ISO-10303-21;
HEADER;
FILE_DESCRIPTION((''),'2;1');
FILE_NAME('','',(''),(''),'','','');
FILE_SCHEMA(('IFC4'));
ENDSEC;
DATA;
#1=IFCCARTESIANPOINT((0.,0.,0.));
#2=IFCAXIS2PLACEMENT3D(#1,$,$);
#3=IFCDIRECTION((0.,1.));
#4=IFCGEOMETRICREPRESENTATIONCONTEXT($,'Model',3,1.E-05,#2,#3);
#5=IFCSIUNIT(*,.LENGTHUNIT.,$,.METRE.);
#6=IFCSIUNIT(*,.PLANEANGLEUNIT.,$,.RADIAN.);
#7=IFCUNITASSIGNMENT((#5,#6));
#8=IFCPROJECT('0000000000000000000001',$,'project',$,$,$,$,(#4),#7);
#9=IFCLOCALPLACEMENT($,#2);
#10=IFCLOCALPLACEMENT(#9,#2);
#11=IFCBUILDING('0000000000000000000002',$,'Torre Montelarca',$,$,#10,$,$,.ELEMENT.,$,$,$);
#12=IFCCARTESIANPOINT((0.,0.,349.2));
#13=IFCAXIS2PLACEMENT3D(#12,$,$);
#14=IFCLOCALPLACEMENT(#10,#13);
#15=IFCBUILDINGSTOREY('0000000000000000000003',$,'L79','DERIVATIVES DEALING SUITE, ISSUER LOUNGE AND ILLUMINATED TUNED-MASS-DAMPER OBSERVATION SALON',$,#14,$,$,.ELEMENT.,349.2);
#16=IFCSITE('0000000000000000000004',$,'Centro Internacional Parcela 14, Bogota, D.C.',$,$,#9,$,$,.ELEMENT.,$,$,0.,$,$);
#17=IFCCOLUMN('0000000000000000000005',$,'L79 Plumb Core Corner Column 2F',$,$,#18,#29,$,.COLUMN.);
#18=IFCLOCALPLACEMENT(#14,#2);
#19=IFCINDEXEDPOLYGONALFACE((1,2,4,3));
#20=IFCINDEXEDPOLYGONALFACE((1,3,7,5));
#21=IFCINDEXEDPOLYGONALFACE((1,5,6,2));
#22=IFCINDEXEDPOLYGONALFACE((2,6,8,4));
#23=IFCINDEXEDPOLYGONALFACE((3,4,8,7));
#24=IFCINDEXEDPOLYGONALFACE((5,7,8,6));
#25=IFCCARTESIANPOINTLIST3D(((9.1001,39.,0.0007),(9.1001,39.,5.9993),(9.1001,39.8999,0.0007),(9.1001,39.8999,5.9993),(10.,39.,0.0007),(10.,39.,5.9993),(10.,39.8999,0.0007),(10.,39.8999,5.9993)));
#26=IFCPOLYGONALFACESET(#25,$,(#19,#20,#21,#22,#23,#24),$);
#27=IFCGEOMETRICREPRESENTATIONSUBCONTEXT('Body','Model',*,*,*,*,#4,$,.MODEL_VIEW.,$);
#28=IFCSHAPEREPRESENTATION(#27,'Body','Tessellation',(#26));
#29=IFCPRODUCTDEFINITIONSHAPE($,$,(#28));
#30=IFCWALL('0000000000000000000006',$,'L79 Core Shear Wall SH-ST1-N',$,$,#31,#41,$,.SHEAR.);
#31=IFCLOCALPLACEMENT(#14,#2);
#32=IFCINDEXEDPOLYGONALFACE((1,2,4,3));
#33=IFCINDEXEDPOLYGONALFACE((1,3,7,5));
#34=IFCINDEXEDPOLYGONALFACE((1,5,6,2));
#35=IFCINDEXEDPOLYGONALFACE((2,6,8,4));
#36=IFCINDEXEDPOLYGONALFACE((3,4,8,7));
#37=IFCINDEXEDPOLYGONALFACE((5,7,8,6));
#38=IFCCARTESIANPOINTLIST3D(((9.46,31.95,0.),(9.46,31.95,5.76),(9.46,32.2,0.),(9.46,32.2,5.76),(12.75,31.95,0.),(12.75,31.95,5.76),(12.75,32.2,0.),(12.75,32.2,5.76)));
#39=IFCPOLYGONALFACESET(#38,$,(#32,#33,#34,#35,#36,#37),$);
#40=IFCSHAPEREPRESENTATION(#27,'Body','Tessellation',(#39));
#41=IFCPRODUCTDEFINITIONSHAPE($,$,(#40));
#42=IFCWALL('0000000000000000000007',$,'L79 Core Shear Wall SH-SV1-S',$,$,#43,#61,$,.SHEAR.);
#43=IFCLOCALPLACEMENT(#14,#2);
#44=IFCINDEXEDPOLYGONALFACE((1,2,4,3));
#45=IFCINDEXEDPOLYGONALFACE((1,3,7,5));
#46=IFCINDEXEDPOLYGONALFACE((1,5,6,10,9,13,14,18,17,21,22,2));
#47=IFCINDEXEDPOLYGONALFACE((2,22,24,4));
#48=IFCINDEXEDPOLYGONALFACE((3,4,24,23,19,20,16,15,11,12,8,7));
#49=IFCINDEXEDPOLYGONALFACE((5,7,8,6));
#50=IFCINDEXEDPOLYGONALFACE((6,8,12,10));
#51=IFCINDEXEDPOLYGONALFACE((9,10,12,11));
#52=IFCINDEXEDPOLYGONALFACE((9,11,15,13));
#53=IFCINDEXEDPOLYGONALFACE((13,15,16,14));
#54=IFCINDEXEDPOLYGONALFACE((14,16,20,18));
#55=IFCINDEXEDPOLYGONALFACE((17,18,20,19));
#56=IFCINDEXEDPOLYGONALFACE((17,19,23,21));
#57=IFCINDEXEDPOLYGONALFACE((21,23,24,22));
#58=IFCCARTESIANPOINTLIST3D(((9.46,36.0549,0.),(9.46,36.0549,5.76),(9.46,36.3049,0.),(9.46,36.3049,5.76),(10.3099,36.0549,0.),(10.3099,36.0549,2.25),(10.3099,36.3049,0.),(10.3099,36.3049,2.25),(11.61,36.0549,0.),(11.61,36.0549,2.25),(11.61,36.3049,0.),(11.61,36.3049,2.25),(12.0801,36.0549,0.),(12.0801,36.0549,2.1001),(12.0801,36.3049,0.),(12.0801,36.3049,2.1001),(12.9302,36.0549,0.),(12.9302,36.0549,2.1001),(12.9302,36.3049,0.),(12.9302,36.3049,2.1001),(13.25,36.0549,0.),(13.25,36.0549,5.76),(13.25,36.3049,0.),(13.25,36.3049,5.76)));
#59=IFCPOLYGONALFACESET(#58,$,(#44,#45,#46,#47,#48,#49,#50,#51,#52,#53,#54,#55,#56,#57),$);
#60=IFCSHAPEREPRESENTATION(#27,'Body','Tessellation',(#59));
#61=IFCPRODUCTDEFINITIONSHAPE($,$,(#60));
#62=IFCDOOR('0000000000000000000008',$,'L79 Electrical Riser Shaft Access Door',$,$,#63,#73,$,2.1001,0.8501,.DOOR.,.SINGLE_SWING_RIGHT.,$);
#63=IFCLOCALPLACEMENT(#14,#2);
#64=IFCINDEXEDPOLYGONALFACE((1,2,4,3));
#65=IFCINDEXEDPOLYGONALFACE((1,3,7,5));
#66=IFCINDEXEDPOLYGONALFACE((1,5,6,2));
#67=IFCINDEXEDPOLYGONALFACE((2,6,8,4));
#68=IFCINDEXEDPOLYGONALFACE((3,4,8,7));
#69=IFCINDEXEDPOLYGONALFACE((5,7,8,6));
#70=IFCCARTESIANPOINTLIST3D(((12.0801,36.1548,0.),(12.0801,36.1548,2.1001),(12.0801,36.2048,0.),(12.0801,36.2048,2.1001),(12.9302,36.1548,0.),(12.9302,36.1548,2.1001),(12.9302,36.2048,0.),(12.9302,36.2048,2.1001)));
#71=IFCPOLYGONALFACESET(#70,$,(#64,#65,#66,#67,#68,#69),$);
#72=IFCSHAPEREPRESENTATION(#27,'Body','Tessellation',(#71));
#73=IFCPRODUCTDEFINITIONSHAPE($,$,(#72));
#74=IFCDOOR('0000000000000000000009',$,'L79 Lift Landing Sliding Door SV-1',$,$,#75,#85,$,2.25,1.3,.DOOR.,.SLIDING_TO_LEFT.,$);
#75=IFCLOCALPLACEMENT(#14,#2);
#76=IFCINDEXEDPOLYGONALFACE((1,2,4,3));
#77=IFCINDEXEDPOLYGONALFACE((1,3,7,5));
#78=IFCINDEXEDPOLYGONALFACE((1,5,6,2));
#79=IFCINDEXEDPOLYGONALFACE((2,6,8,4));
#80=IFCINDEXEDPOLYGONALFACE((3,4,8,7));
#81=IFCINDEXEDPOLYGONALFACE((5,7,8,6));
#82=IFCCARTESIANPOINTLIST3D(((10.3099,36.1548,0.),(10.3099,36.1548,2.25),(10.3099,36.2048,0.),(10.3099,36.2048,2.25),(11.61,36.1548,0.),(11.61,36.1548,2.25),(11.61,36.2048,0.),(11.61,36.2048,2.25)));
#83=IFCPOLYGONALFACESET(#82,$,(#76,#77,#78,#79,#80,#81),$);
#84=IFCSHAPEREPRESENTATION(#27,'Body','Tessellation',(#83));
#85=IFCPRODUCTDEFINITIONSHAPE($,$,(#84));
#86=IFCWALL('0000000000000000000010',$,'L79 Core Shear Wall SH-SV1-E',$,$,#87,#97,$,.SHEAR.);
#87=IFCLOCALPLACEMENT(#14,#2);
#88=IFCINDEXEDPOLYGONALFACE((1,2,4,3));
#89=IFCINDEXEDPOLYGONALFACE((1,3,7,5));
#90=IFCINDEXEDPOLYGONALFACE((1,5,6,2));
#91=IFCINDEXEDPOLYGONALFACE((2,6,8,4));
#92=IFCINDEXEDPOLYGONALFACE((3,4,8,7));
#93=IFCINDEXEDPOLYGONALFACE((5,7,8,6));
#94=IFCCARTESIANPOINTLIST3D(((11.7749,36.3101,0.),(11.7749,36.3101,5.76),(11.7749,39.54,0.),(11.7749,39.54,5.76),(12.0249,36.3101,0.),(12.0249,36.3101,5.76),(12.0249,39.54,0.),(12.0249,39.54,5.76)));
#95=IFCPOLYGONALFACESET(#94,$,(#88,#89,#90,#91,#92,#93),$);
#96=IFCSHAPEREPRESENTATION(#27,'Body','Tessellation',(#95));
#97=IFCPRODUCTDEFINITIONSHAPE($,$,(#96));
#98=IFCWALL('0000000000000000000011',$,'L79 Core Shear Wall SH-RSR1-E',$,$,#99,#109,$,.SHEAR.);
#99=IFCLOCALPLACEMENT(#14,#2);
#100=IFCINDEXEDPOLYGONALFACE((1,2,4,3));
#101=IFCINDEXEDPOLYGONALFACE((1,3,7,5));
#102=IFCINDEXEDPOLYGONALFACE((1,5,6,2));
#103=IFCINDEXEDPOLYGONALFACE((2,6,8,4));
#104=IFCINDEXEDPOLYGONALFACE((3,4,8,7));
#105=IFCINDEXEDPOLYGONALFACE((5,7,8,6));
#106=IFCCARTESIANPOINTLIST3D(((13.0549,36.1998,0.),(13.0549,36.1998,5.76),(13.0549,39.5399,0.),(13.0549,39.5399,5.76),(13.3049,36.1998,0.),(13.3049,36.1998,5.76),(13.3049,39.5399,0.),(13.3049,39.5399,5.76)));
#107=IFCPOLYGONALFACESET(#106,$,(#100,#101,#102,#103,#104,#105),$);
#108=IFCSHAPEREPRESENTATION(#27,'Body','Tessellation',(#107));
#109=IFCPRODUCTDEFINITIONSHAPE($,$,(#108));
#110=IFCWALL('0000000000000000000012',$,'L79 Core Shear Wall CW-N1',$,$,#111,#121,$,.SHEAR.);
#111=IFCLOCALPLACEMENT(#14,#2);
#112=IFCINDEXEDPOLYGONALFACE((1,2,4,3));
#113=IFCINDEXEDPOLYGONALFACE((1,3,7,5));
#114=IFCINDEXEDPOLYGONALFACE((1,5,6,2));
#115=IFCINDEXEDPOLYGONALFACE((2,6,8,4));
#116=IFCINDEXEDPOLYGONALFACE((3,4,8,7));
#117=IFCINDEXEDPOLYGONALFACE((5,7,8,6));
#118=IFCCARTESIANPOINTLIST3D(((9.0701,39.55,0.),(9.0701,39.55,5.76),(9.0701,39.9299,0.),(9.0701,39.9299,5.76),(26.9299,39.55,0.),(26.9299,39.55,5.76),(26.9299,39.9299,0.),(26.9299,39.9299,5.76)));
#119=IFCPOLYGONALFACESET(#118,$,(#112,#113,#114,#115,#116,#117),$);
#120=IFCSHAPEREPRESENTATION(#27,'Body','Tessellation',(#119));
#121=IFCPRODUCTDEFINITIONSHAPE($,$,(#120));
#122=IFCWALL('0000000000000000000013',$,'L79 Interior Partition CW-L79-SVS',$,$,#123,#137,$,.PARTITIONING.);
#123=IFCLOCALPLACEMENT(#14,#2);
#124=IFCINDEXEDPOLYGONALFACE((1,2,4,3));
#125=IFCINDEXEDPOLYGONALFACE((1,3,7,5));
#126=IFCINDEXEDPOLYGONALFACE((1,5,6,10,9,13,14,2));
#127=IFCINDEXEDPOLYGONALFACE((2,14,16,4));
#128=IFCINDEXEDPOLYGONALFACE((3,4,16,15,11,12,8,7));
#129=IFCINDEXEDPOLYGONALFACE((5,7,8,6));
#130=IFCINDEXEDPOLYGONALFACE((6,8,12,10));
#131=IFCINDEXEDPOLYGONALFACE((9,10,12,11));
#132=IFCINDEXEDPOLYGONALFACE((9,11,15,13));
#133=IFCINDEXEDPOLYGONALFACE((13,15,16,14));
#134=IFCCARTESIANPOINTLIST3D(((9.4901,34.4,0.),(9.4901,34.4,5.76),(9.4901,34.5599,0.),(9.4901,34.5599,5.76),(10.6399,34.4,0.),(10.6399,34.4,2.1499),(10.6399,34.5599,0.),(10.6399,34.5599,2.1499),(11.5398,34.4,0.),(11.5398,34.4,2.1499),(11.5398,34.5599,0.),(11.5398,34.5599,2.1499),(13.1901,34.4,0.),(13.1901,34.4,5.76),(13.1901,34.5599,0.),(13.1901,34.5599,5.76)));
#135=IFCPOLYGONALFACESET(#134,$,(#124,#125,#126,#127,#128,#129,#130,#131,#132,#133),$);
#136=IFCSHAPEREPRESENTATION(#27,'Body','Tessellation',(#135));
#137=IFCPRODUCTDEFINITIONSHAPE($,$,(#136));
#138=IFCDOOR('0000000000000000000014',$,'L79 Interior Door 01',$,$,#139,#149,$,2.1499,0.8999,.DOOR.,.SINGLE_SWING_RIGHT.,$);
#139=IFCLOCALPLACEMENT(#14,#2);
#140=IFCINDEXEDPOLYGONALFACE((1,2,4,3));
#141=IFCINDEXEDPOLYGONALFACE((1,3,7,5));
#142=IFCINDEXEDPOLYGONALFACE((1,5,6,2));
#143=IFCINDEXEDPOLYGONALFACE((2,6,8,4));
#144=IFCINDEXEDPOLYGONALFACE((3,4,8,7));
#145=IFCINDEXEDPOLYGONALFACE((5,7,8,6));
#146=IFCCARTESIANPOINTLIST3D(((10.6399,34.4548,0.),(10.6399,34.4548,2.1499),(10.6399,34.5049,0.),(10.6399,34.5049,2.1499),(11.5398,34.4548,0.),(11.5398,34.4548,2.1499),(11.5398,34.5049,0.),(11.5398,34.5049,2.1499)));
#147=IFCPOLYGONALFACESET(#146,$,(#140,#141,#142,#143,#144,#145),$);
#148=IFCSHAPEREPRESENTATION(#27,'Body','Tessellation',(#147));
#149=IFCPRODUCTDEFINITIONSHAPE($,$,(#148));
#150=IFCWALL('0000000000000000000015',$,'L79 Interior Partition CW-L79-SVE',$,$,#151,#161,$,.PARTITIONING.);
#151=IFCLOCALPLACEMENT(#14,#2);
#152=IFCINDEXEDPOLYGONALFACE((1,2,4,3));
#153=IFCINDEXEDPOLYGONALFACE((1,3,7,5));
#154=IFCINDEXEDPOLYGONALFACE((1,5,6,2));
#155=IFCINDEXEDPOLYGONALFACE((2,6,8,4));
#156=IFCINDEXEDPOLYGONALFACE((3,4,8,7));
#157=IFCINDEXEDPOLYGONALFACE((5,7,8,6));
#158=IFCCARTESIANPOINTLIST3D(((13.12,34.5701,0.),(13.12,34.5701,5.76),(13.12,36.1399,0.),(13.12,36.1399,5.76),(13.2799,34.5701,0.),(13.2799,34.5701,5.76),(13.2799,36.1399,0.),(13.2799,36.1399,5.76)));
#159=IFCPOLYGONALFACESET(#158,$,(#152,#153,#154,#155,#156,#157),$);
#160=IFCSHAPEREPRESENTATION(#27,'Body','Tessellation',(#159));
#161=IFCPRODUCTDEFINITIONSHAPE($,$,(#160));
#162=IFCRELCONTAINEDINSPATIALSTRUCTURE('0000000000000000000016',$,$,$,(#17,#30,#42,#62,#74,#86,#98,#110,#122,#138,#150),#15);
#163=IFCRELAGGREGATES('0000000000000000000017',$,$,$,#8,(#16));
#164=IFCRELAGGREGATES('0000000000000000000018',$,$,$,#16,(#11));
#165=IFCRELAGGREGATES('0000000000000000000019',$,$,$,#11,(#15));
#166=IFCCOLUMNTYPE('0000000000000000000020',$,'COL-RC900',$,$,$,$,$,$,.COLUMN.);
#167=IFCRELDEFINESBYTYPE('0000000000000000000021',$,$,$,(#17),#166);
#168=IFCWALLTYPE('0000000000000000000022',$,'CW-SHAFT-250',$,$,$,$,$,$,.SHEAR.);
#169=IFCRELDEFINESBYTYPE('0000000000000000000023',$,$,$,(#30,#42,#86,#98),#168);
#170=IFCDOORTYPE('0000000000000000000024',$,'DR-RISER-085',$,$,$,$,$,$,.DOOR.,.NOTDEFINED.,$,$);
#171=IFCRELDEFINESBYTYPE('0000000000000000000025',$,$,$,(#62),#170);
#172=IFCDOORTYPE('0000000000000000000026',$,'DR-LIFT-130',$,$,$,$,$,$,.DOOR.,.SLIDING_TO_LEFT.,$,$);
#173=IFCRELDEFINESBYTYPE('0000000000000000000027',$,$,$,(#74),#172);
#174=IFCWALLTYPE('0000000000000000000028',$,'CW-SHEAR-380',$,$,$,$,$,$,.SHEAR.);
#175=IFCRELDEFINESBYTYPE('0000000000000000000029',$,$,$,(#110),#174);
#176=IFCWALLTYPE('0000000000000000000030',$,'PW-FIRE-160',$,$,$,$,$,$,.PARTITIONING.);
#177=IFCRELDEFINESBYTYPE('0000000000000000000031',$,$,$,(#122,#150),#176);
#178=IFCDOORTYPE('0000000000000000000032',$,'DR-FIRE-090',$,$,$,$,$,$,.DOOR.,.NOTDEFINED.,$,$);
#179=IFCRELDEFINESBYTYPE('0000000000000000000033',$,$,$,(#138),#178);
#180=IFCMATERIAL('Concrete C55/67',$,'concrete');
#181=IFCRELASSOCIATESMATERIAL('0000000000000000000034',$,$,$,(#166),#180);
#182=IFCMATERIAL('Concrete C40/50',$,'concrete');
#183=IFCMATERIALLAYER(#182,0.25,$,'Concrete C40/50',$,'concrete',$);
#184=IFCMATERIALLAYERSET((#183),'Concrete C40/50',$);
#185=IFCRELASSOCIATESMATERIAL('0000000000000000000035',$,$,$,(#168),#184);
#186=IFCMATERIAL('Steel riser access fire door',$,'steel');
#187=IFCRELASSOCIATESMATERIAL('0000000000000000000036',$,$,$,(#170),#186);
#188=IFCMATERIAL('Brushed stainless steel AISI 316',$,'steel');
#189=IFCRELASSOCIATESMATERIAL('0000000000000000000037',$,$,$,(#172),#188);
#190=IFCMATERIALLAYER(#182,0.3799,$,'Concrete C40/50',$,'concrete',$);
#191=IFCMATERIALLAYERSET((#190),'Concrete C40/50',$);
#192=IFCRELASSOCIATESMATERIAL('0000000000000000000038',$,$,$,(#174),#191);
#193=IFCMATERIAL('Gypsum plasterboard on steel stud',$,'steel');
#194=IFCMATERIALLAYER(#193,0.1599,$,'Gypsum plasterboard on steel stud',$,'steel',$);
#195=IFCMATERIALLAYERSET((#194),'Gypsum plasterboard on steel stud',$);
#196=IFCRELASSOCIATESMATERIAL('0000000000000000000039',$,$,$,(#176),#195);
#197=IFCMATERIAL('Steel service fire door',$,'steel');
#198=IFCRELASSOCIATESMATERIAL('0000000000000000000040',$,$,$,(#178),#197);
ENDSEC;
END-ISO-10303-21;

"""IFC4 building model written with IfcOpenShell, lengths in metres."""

from ifc_helpers import new_model, si_unit, direction, frame, frame_2d, origin, origin_2d, place, context, subcontext, project, spatial, rectangle, extrude, source, transform, mapped, material, layer, layer_set, material_profile, profile_set, type_object, element, fill, save


model = new_model("IFC4")

# Units and contexts
model_context = context("Model", 3, precision=1e-05, world=origin(), true_north=direction((0.0, 1.0)))
body_context = subcontext(model_context, "Body", "Model", "MODEL_VIEW")
ifc_project = project(units=[si_unit("LENGTHUNIT", "METRE"), si_unit("PLANEANGLEUNIT", "RADIAN")], contexts=[model_context])

# Site, building, storey
site_placement = place(None, origin())
site = spatial("IfcSite", under=ifc_project, at=site_placement, Name="Centro Internacional Parcela 14, Bogota, D.C.", CompositionType="ELEMENT", RefElevation=0.0)
building_placement = place(site_placement, origin())
building = spatial("IfcBuilding", under=site, at=building_placement, Name="Torre Montelarca", CompositionType="ELEMENT")
storey_placement = place(building_placement, frame((0.0, 0.0, 349.2)))
storey = spatial("IfcBuildingStorey", under=building, at=storey_placement, Name="L79", Description="DERIVATIVES DEALING SUITE, ISSUER LOUNGE AND ILLUMINATED TUNED-MASS-DAMPER OBSERVATION SALON", CompositionType="ELEMENT", Elevation=349.2)

# Column
ifc_material_1 = material(Name="Concrete C55/67", Category="concrete")
ifc_material_profile = material_profile(ifc_material_1, rectangle(XDim=0.8999, YDim=0.8999, at=origin_2d()), Name="RC900X900", Category="concrete")
ifc_profile_set = profile_set([ifc_material_profile], Name="Concrete C55/67")
column_type = type_object("IfcColumnType", Name="COL-RC900", PredefinedType="COLUMN", material=ifc_profile_set)
shared_shape_1 = source(origin(), body_context, "Body", "SweptSolid", [
    extrude(rectangle(XDim=0.8999, YDim=0.8999, at=origin_2d()), origin(), (0.0, 0.0, 1.0), 5.9985),
])
column_placement = place(storey_placement, frame((9.55, 39.45, 0.0007), z_axis=(0.0, 0.0, 1.0), x_axis=(1.0, 0.0, 0.0)))
element("IfcColumn", 1, at=column_placement, inside=storey, type_object=column_type, Name="L79 Plumb Core Corner Column 2F", PredefinedType="COLUMN", context=body_context, shape_type="MappedRepresentation", body=[
    mapped(shared_shape_1, transform((0.0, 0.0, 0.0), scale=1.0)),
])

# Wall
ifc_material_2 = material(Name="Concrete C40/50", Category="concrete")
ifc_layer_1 = layer(ifc_material_2, 0.25, Name="Concrete C40/50", Category="concrete")
ifc_layer_set_1 = layer_set([ifc_layer_1], Name="Concrete C40/50")
wall_type_1 = type_object("IfcWallType", Name="CW-SHAFT-250", PredefinedType="SHEAR", material=ifc_layer_set_1)
wall_1_placement = place(storey_placement, frame((9.46, 32.075, 0.0), z_axis=(0.0, 0.0, 1.0), x_axis=(1.0, 0.0, 0.0)))
element("IfcWall", 2, at=wall_1_placement, inside=storey, type_object=wall_type_1, Name="L79 Core Shear Wall SH-ST1-N", PredefinedType="SHEAR", context=body_context, shape_type="SweptSolid", body=[
    extrude(rectangle(XDim=3.29, YDim=0.25, at=frame_2d((1.645, 0.0))), origin(), (0.0, 0.0, 1.0), 5.76),
])

# Wall, openings, doors
wall_2_placement = place(storey_placement, frame((9.46, 36.1799, 0.0), z_axis=(0.0, 0.0, 1.0), x_axis=(1.0, 0.0, 0.0)))
wall_2 = element("IfcWall", 3, at=wall_2_placement, inside=storey, type_object=wall_type_1, Name="L79 Core Shear Wall SH-SV1-S", PredefinedType="SHEAR", context=body_context, shape_type="SweptSolid", body=[
    extrude(rectangle(XDim=3.79, YDim=0.25, at=frame_2d((1.895, 0.0))), origin(), (0.0, 0.0, 1.0), 5.76),
])
opening_1_placement = place(wall_2_placement, frame((2.6201, 0.0, 0.0)))
opening_1 = element("IfcOpeningElement", 4, at=opening_1_placement, cuts=wall_2, PredefinedType="OPENING", context=body_context, shape_type="SweptSolid", body=[
    extrude(rectangle(XDim=0.8501, YDim=2.1001, at=frame_2d((0.425, 1.05))), frame((0.0, 0.135, 0.0), z_axis=(0.0, -1.0, 0.0), x_axis=(1.0, 0.0, 0.0)), (0.0, 0.0, 1.0), 0.27),
])
opening_2_placement = place(wall_2_placement, frame((0.8501, 0.0, 0.0)))
opening_2 = element("IfcOpeningElement", 5, at=opening_2_placement, cuts=wall_2, PredefinedType="OPENING", context=body_context, shape_type="SweptSolid", body=[
    extrude(rectangle(XDim=1.3, YDim=2.25, at=frame_2d((0.6499, 1.125))), frame((0.0, 0.135, 0.0), z_axis=(0.0, -1.0, 0.0), x_axis=(1.0, 0.0, 0.0)), (0.0, 0.0, 1.0), 0.27),
])
ifc_material_3 = material(Name="Steel riser access fire door", Category="steel")
door_type_1 = type_object("IfcDoorType", Name="DR-RISER-085", OperationType="NOTDEFINED", PredefinedType="DOOR", material=ifc_material_3)
shared_shape_2 = source(origin(), body_context, "Body", "SweptSolid", [
    extrude(rectangle(XDim=0.8501, YDim=2.1001, at=frame_2d((0.425, 1.05))), frame((0.0, 0.0249, 0.0), z_axis=(0.0, -1.0, 0.0), x_axis=(1.0, 0.0, 0.0)), (0.0, 0.0, 1.0), 0.05),
])
door_1_placement = place(opening_1_placement, origin())
door_1 = element("IfcDoor", 6, at=door_1_placement, inside=storey, type_object=door_type_1, Name="L79 Electrical Riser Shaft Access Door", OperationType="SINGLE_SWING_RIGHT", OverallHeight=2.1001, OverallWidth=0.8501, PredefinedType="DOOR", context=body_context, shape_type="MappedRepresentation", body=[
    mapped(shared_shape_2, transform((0.0, 0.0, 0.0), scale=1.0)),
])
fill(opening_1, door_1)
ifc_material_4 = material(Name="Brushed stainless steel AISI 316", Category="steel")
door_type_2 = type_object("IfcDoorType", Name="DR-LIFT-130", OperationType="SLIDING_TO_LEFT", PredefinedType="DOOR", material=ifc_material_4)
shared_shape_3 = source(origin(), body_context, "Body", "SweptSolid", [
    extrude(rectangle(XDim=1.3, YDim=2.25, at=frame_2d((0.6499, 1.125))), frame((0.0, 0.0249, 0.0), z_axis=(0.0, -1.0, 0.0), x_axis=(1.0, 0.0, 0.0)), (0.0, 0.0, 1.0), 0.05),
])
door_2_placement = place(opening_2_placement, origin())
door_2 = element("IfcDoor", 7, at=door_2_placement, inside=storey, type_object=door_type_2, Name="L79 Lift Landing Sliding Door SV-1", OperationType="SLIDING_TO_LEFT", OverallHeight=2.25, OverallWidth=1.3, PredefinedType="DOOR", context=body_context, shape_type="MappedRepresentation", body=[
    mapped(shared_shape_3, transform((0.0, 0.0, 0.0), scale=1.0)),
])
fill(opening_2, door_2)

# Walls
wall_3_placement = place(storey_placement, frame((11.8999, 36.3101, 0.0), z_axis=(0.0, 0.0, 1.0), x_axis=(0.0, 1.0, 0.0)))
element("IfcWall", 8, at=wall_3_placement, inside=storey, type_object=wall_type_1, Name="L79 Core Shear Wall SH-SV1-E", PredefinedType="SHEAR", context=body_context, shape_type="SweptSolid", body=[
    extrude(rectangle(XDim=3.23, YDim=0.25, at=frame_2d((1.615, 0.0))), origin(), (0.0, 0.0, 1.0), 5.76),
])
wall_4_placement = place(storey_placement, frame((13.1799, 36.2, 0.0), z_axis=(0.0, 0.0, 1.0), x_axis=(0.0, 1.0, 0.0)))
element("IfcWall", 9, at=wall_4_placement, inside=storey, type_object=wall_type_1, Name="L79 Core Shear Wall SH-RSR1-E", PredefinedType="SHEAR", context=body_context, shape_type="SweptSolid", body=[
    extrude(rectangle(XDim=3.3401, YDim=0.25, at=frame_2d((1.6699, 0.0))), origin(), (0.0, 0.0, 1.0), 5.76),
])
ifc_layer_2 = layer(ifc_material_2, 0.3799, Name="Concrete C40/50", Category="concrete")
ifc_layer_set_2 = layer_set([ifc_layer_2], Name="Concrete C40/50")
wall_type_2 = type_object("IfcWallType", Name="CW-SHEAR-380", PredefinedType="SHEAR", material=ifc_layer_set_2)
wall_5_placement = place(storey_placement, frame((9.0701, 39.74, 0.0), z_axis=(0.0, 0.0, 1.0), x_axis=(1.0, 0.0, 0.0)))
element("IfcWall", 10, at=wall_5_placement, inside=storey, type_object=wall_type_2, Name="L79 Core Shear Wall CW-N1", PredefinedType="SHEAR", context=body_context, shape_type="SweptSolid", body=[
    extrude(rectangle(XDim=17.8599, YDim=0.3799, at=frame_2d((8.9299, 0.0))), origin(), (0.0, 0.0, 1.0), 5.76),
])

# Wall, opening, door
ifc_material_5 = material(Name="Gypsum plasterboard on steel stud", Category="steel")
ifc_layer_3 = layer(ifc_material_5, 0.1599, Name="Gypsum plasterboard on steel stud", Category="steel")
ifc_layer_set_3 = layer_set([ifc_layer_3], Name="Gypsum plasterboard on steel stud")
wall_type_3 = type_object("IfcWallType", Name="PW-FIRE-160", PredefinedType="PARTITIONING", material=ifc_layer_set_3)
wall_6_placement = place(storey_placement, frame((9.49, 34.48, 0.0), z_axis=(0.0, 0.0, 1.0), x_axis=(1.0, 0.0, 0.0)))
wall_6 = element("IfcWall", 11, at=wall_6_placement, inside=storey, type_object=wall_type_3, Name="L79 Interior Partition CW-L79-SVS", PredefinedType="PARTITIONING", context=body_context, shape_type="SweptSolid", body=[
    extrude(rectangle(XDim=3.7, YDim=0.1599, at=frame_2d((1.8501, 0.0))), origin(), (0.0, 0.0, 1.0), 5.76),
])
opening_3_placement = place(wall_6_placement, frame((1.1499, 0.0, 0.0)))
opening_3 = element("IfcOpeningElement", 12, at=opening_3_placement, cuts=wall_6, PredefinedType="OPENING", context=body_context, shape_type="SweptSolid", body=[
    extrude(rectangle(XDim=0.8999, YDim=2.1499, at=frame_2d((0.45, 1.075))), frame((0.0, 0.0898, 0.0), z_axis=(0.0, -1.0, 0.0), x_axis=(1.0, 0.0, 0.0)), (0.0, 0.0, 1.0), 0.1799),
])
ifc_material_6 = material(Name="Steel service fire door", Category="steel")
door_type_3 = type_object("IfcDoorType", Name="DR-FIRE-090", OperationType="NOTDEFINED", PredefinedType="DOOR", material=ifc_material_6)
shared_shape_4 = source(origin(), body_context, "Body", "SweptSolid", [
    extrude(rectangle(XDim=0.8999, YDim=2.1499, at=frame_2d((0.45, 1.075))), frame((0.0, 0.0249, 0.0), z_axis=(0.0, -1.0, 0.0), x_axis=(1.0, 0.0, 0.0)), (0.0, 0.0, 1.0), 0.05),
])
door_3_placement = place(opening_3_placement, origin())
door_3 = element("IfcDoor", 13, at=door_3_placement, inside=storey, type_object=door_type_3, Name="L79 Interior Door 01", OperationType="SINGLE_SWING_RIGHT", OverallHeight=2.1499, OverallWidth=0.8999, PredefinedType="DOOR", context=body_context, shape_type="MappedRepresentation", body=[
    mapped(shared_shape_4, transform((0.0, 0.0, 0.0), scale=1.0)),
])
fill(opening_3, door_3)

# Wall
wall_7_placement = place(storey_placement, frame((13.2, 34.5701, 0.0), z_axis=(0.0, 0.0, 1.0), x_axis=(0.0, 1.0, 0.0)))
element("IfcWall", 14, at=wall_7_placement, inside=storey, type_object=wall_type_3, Name="L79 Interior Partition CW-L79-SVE", PredefinedType="PARTITIONING", context=body_context, shape_type="SweptSolid", body=[
    extrude(rectangle(XDim=1.5698, YDim=0.1599, at=frame_2d((0.7849, 0.0))), origin(), (0.0, 0.0, 1.0), 5.76),
])

save(model, "model.ifc")
